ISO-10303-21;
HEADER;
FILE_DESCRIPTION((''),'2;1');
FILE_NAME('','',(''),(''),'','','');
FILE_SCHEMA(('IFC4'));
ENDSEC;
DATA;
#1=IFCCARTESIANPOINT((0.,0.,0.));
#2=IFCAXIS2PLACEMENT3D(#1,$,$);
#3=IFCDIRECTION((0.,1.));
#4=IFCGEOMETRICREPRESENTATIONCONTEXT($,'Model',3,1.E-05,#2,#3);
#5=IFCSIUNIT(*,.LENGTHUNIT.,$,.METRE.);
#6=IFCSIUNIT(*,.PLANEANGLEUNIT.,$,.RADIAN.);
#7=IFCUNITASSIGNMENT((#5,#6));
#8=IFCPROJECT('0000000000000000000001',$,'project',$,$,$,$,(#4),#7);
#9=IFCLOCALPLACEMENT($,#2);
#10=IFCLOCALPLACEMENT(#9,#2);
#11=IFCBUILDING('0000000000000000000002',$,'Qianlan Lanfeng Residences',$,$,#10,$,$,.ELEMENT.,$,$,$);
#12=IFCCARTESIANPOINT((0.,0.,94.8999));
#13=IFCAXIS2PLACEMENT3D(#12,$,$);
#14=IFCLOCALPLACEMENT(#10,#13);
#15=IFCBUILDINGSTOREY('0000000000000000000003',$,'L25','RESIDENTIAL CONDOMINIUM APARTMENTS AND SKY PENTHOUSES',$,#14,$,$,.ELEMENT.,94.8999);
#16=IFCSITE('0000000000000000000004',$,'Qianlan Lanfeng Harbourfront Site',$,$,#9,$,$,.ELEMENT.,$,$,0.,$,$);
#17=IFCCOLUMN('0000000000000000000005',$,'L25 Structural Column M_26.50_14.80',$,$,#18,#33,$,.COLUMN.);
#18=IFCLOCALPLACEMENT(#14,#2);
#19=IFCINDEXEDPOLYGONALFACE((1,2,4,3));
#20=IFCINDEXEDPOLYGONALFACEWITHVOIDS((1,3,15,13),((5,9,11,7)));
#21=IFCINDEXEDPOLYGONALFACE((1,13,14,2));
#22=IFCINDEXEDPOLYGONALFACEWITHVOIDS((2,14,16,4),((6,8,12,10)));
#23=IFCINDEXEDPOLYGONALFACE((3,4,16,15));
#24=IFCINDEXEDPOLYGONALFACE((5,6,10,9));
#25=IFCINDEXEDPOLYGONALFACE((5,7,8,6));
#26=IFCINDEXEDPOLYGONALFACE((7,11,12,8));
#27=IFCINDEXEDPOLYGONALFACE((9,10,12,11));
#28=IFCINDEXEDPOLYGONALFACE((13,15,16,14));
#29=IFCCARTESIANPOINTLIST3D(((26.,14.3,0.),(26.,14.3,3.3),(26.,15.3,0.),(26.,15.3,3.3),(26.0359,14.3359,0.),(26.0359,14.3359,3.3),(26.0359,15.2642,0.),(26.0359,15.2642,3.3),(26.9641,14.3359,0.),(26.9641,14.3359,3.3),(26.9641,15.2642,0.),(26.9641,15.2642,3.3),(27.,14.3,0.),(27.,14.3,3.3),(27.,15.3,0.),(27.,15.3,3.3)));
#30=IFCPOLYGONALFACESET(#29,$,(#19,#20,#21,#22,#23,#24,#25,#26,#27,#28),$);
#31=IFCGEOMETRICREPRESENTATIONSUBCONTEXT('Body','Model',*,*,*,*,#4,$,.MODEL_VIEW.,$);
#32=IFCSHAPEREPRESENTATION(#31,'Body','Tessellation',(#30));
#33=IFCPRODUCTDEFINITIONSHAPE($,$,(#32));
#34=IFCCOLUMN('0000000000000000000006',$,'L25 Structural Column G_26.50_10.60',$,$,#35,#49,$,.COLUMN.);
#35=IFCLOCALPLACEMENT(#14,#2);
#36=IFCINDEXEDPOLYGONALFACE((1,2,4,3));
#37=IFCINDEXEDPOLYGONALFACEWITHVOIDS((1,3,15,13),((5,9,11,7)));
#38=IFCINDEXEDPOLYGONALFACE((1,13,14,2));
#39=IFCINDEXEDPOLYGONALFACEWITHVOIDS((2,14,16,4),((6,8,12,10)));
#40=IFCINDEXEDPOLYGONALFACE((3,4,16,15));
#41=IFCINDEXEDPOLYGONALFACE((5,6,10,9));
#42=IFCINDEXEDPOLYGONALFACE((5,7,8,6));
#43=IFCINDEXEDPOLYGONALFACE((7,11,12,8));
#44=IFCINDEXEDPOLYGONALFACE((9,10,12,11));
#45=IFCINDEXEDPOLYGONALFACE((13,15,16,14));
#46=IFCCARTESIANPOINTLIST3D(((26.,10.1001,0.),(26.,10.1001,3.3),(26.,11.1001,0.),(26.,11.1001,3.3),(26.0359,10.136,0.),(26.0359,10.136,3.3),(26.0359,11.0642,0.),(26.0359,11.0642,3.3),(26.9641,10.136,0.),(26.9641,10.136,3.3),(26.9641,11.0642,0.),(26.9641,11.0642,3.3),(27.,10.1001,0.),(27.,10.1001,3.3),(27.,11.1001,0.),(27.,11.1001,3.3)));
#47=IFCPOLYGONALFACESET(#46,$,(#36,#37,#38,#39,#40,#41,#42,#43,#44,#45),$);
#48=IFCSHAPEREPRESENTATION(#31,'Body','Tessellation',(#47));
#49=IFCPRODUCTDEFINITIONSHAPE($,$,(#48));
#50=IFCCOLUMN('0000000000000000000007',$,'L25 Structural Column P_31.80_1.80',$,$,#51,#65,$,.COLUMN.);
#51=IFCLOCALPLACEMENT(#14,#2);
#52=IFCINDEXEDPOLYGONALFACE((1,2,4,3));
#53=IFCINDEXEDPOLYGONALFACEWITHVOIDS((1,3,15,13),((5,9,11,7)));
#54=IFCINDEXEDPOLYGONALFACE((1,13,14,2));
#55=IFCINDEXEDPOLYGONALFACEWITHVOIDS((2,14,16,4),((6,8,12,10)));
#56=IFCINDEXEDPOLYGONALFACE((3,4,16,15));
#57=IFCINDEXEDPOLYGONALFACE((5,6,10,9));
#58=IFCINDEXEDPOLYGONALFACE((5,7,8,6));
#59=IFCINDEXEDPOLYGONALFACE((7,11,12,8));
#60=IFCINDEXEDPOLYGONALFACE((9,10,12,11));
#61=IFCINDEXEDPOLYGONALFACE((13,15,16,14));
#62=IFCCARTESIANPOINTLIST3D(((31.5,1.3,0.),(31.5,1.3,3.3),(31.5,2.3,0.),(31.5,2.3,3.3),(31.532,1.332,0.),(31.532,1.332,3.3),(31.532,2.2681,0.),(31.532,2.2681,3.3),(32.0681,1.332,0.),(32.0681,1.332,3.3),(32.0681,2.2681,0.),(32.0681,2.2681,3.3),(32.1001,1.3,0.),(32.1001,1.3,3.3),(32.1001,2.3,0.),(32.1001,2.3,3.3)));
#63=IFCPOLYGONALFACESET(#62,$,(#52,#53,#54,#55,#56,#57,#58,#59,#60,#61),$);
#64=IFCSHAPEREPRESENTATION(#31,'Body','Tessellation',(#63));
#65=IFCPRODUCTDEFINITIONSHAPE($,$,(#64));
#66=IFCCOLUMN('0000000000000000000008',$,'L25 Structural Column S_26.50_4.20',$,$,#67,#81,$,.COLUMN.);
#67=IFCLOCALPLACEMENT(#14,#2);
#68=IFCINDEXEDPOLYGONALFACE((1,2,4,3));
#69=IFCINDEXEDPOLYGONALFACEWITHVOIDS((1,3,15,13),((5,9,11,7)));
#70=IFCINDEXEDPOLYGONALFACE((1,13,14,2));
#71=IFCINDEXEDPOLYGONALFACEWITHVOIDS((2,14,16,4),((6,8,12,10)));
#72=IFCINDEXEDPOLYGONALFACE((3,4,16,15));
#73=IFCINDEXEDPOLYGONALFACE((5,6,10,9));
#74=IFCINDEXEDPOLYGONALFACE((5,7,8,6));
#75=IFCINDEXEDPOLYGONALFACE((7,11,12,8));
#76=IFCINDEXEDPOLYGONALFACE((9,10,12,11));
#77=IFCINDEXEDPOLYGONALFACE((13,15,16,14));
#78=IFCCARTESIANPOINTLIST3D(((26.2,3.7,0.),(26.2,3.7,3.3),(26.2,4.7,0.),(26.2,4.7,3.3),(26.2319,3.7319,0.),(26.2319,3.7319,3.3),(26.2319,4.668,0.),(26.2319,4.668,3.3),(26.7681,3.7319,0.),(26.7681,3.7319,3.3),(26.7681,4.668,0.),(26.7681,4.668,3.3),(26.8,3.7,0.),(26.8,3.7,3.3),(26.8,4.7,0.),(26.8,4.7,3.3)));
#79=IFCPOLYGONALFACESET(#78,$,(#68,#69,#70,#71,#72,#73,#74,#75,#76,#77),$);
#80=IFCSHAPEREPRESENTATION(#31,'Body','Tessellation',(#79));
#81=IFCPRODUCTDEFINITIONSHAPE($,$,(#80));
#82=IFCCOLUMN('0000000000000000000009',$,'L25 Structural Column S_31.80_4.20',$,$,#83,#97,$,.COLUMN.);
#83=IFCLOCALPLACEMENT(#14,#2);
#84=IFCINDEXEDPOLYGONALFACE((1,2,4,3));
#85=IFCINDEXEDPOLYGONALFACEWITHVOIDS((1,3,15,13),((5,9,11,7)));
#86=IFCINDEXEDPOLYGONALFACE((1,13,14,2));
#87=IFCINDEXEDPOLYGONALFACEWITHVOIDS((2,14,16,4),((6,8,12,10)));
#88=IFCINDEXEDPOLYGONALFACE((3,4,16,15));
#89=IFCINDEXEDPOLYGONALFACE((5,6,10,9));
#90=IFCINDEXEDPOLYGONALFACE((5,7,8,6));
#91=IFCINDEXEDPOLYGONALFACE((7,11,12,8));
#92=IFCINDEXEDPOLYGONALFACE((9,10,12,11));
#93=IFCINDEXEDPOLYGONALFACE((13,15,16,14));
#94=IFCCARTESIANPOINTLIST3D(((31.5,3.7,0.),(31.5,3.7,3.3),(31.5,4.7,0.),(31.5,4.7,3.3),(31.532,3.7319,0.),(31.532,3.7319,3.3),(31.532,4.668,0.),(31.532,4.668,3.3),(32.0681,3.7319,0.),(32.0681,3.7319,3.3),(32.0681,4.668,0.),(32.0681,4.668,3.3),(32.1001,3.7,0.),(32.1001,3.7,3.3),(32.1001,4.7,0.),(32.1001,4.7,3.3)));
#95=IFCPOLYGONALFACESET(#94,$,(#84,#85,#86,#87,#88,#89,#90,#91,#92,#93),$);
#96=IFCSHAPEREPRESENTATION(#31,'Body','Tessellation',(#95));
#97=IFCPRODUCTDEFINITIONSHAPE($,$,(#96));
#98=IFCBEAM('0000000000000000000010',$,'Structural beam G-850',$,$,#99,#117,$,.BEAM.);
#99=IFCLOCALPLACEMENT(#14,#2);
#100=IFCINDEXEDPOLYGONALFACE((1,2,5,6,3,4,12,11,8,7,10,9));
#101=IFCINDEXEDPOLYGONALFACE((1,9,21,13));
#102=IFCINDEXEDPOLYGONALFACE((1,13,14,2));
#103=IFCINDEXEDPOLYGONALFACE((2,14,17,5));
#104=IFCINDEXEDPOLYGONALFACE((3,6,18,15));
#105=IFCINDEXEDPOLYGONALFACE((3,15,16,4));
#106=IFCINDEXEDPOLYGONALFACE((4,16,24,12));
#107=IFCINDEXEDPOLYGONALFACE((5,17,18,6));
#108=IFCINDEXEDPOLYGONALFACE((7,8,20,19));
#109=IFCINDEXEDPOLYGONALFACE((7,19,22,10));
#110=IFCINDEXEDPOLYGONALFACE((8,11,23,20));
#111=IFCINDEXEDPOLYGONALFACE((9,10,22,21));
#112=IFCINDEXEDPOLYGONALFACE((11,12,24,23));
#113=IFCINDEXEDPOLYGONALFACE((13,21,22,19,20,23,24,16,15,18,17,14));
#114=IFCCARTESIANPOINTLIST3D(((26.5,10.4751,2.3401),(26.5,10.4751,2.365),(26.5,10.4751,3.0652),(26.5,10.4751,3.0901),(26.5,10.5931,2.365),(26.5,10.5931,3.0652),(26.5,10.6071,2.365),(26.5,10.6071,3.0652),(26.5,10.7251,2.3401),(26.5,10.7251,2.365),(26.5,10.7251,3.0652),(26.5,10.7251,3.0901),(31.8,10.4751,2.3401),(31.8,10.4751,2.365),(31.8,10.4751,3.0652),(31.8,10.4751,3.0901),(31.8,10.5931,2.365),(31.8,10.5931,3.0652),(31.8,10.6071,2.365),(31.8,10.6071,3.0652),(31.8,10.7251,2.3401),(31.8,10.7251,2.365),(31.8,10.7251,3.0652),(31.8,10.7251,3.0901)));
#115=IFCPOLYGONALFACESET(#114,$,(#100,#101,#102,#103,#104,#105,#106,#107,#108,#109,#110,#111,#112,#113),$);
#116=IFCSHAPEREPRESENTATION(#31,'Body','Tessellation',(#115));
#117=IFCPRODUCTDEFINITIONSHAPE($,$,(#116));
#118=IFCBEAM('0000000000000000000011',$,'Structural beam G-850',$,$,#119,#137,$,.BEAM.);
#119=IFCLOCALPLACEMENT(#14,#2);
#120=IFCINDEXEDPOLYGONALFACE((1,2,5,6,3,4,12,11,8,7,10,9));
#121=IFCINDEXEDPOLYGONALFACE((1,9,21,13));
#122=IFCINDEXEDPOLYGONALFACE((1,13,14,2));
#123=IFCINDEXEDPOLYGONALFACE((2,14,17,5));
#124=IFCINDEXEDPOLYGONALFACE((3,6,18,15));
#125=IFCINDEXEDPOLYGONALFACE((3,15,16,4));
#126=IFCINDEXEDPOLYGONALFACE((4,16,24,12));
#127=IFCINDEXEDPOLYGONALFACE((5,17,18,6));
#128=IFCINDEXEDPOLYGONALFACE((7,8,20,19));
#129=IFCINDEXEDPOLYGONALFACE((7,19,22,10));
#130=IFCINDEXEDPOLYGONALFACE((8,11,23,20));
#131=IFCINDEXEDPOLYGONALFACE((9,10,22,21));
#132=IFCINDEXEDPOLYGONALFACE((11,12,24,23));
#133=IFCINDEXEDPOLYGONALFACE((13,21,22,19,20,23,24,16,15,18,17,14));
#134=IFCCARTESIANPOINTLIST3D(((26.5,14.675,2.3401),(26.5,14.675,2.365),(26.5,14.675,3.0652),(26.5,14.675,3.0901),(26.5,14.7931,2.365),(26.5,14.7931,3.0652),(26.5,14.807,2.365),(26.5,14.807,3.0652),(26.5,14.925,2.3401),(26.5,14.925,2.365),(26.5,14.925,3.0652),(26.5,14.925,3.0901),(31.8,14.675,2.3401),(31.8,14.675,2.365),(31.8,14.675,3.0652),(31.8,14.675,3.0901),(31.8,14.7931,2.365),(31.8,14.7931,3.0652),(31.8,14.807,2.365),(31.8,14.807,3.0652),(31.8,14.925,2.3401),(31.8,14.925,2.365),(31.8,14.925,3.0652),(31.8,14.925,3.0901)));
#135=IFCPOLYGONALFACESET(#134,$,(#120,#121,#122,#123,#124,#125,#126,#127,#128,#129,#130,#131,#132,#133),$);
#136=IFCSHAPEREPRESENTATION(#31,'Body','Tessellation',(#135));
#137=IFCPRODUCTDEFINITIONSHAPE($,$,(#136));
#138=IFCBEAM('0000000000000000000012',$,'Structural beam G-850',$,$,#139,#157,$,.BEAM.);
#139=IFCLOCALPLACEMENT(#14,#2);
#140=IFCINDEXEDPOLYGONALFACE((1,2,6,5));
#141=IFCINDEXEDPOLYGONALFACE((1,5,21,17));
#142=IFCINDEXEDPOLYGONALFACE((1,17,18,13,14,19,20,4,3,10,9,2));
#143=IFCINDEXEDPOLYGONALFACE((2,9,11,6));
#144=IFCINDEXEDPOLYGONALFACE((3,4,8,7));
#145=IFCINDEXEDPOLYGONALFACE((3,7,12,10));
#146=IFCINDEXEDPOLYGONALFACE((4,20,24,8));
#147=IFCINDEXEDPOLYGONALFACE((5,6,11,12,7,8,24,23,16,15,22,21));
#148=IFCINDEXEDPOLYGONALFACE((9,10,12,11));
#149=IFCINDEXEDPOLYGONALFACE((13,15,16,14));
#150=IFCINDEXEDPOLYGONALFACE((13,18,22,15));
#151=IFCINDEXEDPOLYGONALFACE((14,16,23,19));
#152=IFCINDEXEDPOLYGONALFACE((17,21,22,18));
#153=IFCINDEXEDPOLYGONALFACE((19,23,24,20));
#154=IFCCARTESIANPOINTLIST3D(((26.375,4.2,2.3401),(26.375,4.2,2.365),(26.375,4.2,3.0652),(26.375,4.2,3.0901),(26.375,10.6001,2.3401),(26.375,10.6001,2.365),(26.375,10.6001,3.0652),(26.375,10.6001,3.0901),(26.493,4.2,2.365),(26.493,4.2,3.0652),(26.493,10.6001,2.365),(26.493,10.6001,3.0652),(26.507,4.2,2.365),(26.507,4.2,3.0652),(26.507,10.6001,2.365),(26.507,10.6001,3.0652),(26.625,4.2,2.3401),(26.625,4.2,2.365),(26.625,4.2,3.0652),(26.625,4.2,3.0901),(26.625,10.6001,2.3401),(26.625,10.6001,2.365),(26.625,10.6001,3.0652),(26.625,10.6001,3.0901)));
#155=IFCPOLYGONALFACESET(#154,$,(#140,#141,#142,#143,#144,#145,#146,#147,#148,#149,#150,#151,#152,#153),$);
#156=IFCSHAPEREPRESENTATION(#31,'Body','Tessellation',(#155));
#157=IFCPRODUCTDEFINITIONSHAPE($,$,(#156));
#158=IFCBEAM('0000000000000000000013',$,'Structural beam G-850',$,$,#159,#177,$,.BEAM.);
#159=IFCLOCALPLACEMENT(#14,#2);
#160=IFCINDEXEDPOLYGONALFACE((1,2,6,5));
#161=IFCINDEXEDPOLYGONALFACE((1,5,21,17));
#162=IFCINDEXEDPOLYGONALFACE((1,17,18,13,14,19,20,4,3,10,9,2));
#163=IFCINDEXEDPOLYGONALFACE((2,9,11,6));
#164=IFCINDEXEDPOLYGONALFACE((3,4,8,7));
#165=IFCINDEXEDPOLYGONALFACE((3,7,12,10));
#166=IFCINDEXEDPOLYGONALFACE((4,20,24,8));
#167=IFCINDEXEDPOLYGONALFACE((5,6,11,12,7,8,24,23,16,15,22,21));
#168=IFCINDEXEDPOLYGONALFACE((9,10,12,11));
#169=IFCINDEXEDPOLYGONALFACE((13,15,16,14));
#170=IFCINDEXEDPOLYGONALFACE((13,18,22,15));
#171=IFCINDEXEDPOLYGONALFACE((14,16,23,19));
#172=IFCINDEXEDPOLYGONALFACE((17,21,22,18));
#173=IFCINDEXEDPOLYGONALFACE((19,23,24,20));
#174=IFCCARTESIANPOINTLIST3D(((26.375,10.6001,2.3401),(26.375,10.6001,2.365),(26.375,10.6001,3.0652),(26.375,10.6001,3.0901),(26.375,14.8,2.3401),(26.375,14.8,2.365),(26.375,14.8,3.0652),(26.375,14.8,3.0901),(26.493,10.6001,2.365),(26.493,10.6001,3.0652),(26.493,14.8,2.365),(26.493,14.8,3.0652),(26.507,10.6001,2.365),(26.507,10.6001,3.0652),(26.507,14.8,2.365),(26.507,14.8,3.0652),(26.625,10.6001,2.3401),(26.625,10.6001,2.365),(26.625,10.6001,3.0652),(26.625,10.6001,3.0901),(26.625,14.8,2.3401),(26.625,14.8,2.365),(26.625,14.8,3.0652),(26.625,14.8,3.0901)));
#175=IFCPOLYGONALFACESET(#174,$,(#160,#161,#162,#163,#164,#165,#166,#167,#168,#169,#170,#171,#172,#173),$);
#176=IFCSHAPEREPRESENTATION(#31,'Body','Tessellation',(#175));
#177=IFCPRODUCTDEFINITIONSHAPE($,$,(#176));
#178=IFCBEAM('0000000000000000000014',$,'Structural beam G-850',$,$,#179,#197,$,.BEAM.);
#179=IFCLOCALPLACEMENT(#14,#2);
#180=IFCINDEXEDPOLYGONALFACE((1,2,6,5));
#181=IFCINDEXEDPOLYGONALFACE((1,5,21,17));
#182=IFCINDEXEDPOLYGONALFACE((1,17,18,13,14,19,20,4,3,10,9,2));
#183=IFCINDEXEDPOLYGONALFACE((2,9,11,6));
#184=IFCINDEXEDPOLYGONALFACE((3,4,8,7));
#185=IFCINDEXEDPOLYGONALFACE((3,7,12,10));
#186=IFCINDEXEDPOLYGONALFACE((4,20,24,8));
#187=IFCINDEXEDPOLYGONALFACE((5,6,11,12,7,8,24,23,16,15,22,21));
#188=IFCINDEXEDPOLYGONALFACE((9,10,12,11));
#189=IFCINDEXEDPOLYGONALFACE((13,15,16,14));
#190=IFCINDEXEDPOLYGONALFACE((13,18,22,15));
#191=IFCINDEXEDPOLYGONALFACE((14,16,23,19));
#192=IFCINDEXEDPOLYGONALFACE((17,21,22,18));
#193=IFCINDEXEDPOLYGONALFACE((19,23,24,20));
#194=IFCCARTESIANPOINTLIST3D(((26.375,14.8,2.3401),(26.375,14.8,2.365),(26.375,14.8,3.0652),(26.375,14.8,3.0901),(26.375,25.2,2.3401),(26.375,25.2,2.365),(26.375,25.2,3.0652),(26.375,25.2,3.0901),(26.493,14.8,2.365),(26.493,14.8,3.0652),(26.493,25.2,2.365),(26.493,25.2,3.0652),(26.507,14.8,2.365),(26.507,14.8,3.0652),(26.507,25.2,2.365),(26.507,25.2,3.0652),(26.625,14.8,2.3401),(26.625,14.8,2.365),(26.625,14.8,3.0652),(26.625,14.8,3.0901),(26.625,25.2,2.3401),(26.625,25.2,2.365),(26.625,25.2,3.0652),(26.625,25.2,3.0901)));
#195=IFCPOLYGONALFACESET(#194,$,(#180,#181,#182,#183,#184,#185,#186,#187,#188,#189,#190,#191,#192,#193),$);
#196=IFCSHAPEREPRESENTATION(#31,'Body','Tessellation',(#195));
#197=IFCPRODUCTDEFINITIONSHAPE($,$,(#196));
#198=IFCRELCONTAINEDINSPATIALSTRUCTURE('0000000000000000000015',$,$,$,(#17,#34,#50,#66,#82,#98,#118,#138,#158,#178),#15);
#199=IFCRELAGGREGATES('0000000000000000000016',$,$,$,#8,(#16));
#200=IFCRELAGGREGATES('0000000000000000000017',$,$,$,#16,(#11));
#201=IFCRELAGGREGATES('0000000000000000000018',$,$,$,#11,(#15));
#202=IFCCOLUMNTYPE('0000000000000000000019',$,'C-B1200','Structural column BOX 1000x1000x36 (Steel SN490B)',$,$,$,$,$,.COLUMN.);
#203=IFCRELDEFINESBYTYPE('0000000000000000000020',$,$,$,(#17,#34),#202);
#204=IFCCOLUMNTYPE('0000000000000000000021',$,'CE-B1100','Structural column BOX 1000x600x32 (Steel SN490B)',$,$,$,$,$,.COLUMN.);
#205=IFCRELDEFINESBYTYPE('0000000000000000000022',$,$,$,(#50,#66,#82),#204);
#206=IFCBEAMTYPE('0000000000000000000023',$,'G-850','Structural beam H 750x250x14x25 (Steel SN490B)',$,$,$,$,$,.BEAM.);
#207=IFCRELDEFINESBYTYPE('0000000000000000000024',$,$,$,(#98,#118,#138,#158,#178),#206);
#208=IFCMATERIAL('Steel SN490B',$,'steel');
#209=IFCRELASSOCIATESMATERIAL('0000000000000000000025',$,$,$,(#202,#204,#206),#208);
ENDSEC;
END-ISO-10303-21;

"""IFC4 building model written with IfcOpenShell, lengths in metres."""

from ifc_helpers import new_model, si_unit, direction, frame, origin, origin_2d, place, context, subcontext, project, spatial, hollow_rectangle, i_section, extrude, material, material_profile, profile_set, type_object, element, save


model = new_model("IFC4")

# Units and contexts
model_context = context("Model", 3, precision=1e-05, world=origin(), true_north=direction((0.0, 1.0)))
body_context = subcontext(model_context, "Body", "Model", "MODEL_VIEW")
ifc_project = project(units=[si_unit("LENGTHUNIT", "METRE"), si_unit("PLANEANGLEUNIT", "RADIAN")], contexts=[model_context])

# Site, building, storey
site_placement = place(None, origin())
site = spatial("IfcSite", under=ifc_project, at=site_placement, Name="Qianlan Lanfeng Harbourfront Site", CompositionType="ELEMENT", RefElevation=0.0)
building_placement = place(site_placement, origin())
building = spatial("IfcBuilding", under=site, at=building_placement, Name="Qianlan Lanfeng Residences", CompositionType="ELEMENT")
storey_placement = place(building_placement, frame((0.0, 0.0, 94.8999)))
storey = spatial("IfcBuildingStorey", under=building, at=storey_placement, Name="L25", Description="RESIDENTIAL CONDOMINIUM APARTMENTS AND SKY PENTHOUSES", CompositionType="ELEMENT", Elevation=94.8999)

# Columns
ifc_material_1 = material(Name="Steel SN490B", Category="steel")
ifc_material_profile_1 = material_profile(ifc_material_1, hollow_rectangle(XDim=1.0, YDim=1.0, WallThickness=0.0359, at=origin_2d()), Name="BOX 1000x1000x36")
ifc_profile_set_1 = profile_set([ifc_material_profile_1], Name="Steel SN490B")
column_type_1 = type_object("IfcColumnType", Name="C-B1200", Description="Structural column BOX 1000x1000x36 (Steel SN490B)", PredefinedType="COLUMN", material=ifc_profile_set_1)
for number, where, z_axis, x_axis, name in (
    (1, (26.5, 14.8, 0.0), (0.0, 0.0, 1.0), (1.0, 0.0, 0.0), "L25 Structural Column M_26.50_14.80"),
    (2, (26.5, 10.6001, 0.0), (0.0, 0.0, 1.0), (1.0, 0.0, 0.0), "L25 Structural Column G_26.50_10.60"),
):
    element("IfcColumn", number, at=place(storey_placement, frame(where, z_axis=z_axis, x_axis=x_axis)), inside=storey, type_object=column_type_1, Name=name, PredefinedType="COLUMN", context=body_context, shape_type="SweptSolid", body=[
        extrude(hollow_rectangle(XDim=1.0, YDim=1.0, WallThickness=0.0359, at=origin_2d()), origin(), (0.0, 0.0, 1.0), 3.3),
    ])
ifc_material_profile_2 = material_profile(ifc_material_1, hollow_rectangle(XDim=0.6001, YDim=1.0, WallThickness=0.032, at=origin_2d()), Name="BOX 1000x600x32")
ifc_profile_set_2 = profile_set([ifc_material_profile_2], Name="Steel SN490B")
column_type_2 = type_object("IfcColumnType", Name="CE-B1100", Description="Structural column BOX 1000x600x32 (Steel SN490B)", PredefinedType="COLUMN", material=ifc_profile_set_2)
for number, where, z_axis, x_axis, name in (
    (3, (31.8, 1.8, 0.0), (0.0, 0.0, 1.0), (1.0, 0.0, 0.0), "L25 Structural Column P_31.80_1.80"),
    (4, (26.5, 4.2, 0.0), (0.0, 0.0, 1.0), (1.0, 0.0, 0.0), "L25 Structural Column S_26.50_4.20"),
    (5, (31.8, 4.2, 0.0), (0.0, 0.0, 1.0), (1.0, 0.0, 0.0), "L25 Structural Column S_31.80_4.20"),
):
    element("IfcColumn", number, at=place(storey_placement, frame(where, z_axis=z_axis, x_axis=x_axis)), inside=storey, type_object=column_type_2, Name=name, PredefinedType="COLUMN", context=body_context, shape_type="SweptSolid", body=[
        extrude(hollow_rectangle(XDim=0.6001, YDim=1.0, WallThickness=0.032, at=origin_2d()), origin(), (0.0, 0.0, 1.0), 3.3),
    ])

# Beams
ifc_material_profile_3 = material_profile(ifc_material_1, i_section(OverallWidth=0.25, OverallDepth=0.75, WebThickness=0.0139, FlangeThickness=0.0249, at=origin_2d()), Name="H 750x250x14x25")
ifc_profile_set_3 = profile_set([ifc_material_profile_3], Name="Steel SN490B")
beam_type_1 = type_object("IfcBeamType", Name="G-850", Description="Structural beam H 750x250x14x25 (Steel SN490B)", PredefinedType="BEAM", material=ifc_profile_set_3)
for number, where, z_axis, x_axis, name in (
    (6, (26.5, 10.6001, 2.7151), (1.0, 0.0, 0.0), (0.0, 1.0, 0.0), "Structural beam G-850"),
    (7, (26.5, 14.8, 2.7151), (1.0, 0.0, 0.0), (0.0, 1.0, 0.0), "Structural beam G-850"),
):
    element("IfcBeam", number, at=place(storey_placement, frame(where, z_axis=z_axis, x_axis=x_axis)), inside=storey, type_object=beam_type_1, Name=name, PredefinedType="BEAM", context=body_context, shape_type="SweptSolid", body=[
        extrude(i_section(OverallWidth=0.25, OverallDepth=0.75, WebThickness=0.0139, FlangeThickness=0.0249, at=origin_2d()), origin(), (0.0, 0.0, 1.0), 5.3),
    ])
beam_1_placement = place(storey_placement, frame((26.5, 4.2, 2.7151), z_axis=(0.0, 1.0, 0.0), x_axis=(-1.0, 0.0, 0.0)))
element("IfcBeam", 8, at=beam_1_placement, inside=storey, type_object=beam_type_1, Name="Structural beam G-850", PredefinedType="BEAM", context=body_context, shape_type="SweptSolid", body=[
    extrude(i_section(OverallWidth=0.25, OverallDepth=0.75, WebThickness=0.0139, FlangeThickness=0.0249, at=origin_2d()), origin(), (0.0, 0.0, 1.0), 6.4001),
])
beam_2_placement = place(storey_placement, frame((26.5, 10.6001, 2.7151), z_axis=(0.0, 1.0, 0.0), x_axis=(-1.0, 0.0, 0.0)))
element("IfcBeam", 9, at=beam_2_placement, inside=storey, type_object=beam_type_1, Name="Structural beam G-850", PredefinedType="BEAM", context=body_context, shape_type="SweptSolid", body=[
    extrude(i_section(OverallWidth=0.25, OverallDepth=0.75, WebThickness=0.0139, FlangeThickness=0.0249, at=origin_2d()), origin(), (0.0, 0.0, 1.0), 4.2),
])
beam_3_placement = place(storey_placement, frame((26.5, 14.8, 2.7151), z_axis=(0.0, 1.0, 0.0), x_axis=(-1.0, 0.0, 0.0)))
element("IfcBeam", 10, at=beam_3_placement, inside=storey, type_object=beam_type_1, Name="Structural beam G-850", PredefinedType="BEAM", context=body_context, shape_type="SweptSolid", body=[
    extrude(i_section(OverallWidth=0.25, OverallDepth=0.75, WebThickness=0.0139, FlangeThickness=0.0249, at=origin_2d()), origin(), (0.0, 0.0, 1.0), 10.3999),
])

save(model, "model.ifc")
